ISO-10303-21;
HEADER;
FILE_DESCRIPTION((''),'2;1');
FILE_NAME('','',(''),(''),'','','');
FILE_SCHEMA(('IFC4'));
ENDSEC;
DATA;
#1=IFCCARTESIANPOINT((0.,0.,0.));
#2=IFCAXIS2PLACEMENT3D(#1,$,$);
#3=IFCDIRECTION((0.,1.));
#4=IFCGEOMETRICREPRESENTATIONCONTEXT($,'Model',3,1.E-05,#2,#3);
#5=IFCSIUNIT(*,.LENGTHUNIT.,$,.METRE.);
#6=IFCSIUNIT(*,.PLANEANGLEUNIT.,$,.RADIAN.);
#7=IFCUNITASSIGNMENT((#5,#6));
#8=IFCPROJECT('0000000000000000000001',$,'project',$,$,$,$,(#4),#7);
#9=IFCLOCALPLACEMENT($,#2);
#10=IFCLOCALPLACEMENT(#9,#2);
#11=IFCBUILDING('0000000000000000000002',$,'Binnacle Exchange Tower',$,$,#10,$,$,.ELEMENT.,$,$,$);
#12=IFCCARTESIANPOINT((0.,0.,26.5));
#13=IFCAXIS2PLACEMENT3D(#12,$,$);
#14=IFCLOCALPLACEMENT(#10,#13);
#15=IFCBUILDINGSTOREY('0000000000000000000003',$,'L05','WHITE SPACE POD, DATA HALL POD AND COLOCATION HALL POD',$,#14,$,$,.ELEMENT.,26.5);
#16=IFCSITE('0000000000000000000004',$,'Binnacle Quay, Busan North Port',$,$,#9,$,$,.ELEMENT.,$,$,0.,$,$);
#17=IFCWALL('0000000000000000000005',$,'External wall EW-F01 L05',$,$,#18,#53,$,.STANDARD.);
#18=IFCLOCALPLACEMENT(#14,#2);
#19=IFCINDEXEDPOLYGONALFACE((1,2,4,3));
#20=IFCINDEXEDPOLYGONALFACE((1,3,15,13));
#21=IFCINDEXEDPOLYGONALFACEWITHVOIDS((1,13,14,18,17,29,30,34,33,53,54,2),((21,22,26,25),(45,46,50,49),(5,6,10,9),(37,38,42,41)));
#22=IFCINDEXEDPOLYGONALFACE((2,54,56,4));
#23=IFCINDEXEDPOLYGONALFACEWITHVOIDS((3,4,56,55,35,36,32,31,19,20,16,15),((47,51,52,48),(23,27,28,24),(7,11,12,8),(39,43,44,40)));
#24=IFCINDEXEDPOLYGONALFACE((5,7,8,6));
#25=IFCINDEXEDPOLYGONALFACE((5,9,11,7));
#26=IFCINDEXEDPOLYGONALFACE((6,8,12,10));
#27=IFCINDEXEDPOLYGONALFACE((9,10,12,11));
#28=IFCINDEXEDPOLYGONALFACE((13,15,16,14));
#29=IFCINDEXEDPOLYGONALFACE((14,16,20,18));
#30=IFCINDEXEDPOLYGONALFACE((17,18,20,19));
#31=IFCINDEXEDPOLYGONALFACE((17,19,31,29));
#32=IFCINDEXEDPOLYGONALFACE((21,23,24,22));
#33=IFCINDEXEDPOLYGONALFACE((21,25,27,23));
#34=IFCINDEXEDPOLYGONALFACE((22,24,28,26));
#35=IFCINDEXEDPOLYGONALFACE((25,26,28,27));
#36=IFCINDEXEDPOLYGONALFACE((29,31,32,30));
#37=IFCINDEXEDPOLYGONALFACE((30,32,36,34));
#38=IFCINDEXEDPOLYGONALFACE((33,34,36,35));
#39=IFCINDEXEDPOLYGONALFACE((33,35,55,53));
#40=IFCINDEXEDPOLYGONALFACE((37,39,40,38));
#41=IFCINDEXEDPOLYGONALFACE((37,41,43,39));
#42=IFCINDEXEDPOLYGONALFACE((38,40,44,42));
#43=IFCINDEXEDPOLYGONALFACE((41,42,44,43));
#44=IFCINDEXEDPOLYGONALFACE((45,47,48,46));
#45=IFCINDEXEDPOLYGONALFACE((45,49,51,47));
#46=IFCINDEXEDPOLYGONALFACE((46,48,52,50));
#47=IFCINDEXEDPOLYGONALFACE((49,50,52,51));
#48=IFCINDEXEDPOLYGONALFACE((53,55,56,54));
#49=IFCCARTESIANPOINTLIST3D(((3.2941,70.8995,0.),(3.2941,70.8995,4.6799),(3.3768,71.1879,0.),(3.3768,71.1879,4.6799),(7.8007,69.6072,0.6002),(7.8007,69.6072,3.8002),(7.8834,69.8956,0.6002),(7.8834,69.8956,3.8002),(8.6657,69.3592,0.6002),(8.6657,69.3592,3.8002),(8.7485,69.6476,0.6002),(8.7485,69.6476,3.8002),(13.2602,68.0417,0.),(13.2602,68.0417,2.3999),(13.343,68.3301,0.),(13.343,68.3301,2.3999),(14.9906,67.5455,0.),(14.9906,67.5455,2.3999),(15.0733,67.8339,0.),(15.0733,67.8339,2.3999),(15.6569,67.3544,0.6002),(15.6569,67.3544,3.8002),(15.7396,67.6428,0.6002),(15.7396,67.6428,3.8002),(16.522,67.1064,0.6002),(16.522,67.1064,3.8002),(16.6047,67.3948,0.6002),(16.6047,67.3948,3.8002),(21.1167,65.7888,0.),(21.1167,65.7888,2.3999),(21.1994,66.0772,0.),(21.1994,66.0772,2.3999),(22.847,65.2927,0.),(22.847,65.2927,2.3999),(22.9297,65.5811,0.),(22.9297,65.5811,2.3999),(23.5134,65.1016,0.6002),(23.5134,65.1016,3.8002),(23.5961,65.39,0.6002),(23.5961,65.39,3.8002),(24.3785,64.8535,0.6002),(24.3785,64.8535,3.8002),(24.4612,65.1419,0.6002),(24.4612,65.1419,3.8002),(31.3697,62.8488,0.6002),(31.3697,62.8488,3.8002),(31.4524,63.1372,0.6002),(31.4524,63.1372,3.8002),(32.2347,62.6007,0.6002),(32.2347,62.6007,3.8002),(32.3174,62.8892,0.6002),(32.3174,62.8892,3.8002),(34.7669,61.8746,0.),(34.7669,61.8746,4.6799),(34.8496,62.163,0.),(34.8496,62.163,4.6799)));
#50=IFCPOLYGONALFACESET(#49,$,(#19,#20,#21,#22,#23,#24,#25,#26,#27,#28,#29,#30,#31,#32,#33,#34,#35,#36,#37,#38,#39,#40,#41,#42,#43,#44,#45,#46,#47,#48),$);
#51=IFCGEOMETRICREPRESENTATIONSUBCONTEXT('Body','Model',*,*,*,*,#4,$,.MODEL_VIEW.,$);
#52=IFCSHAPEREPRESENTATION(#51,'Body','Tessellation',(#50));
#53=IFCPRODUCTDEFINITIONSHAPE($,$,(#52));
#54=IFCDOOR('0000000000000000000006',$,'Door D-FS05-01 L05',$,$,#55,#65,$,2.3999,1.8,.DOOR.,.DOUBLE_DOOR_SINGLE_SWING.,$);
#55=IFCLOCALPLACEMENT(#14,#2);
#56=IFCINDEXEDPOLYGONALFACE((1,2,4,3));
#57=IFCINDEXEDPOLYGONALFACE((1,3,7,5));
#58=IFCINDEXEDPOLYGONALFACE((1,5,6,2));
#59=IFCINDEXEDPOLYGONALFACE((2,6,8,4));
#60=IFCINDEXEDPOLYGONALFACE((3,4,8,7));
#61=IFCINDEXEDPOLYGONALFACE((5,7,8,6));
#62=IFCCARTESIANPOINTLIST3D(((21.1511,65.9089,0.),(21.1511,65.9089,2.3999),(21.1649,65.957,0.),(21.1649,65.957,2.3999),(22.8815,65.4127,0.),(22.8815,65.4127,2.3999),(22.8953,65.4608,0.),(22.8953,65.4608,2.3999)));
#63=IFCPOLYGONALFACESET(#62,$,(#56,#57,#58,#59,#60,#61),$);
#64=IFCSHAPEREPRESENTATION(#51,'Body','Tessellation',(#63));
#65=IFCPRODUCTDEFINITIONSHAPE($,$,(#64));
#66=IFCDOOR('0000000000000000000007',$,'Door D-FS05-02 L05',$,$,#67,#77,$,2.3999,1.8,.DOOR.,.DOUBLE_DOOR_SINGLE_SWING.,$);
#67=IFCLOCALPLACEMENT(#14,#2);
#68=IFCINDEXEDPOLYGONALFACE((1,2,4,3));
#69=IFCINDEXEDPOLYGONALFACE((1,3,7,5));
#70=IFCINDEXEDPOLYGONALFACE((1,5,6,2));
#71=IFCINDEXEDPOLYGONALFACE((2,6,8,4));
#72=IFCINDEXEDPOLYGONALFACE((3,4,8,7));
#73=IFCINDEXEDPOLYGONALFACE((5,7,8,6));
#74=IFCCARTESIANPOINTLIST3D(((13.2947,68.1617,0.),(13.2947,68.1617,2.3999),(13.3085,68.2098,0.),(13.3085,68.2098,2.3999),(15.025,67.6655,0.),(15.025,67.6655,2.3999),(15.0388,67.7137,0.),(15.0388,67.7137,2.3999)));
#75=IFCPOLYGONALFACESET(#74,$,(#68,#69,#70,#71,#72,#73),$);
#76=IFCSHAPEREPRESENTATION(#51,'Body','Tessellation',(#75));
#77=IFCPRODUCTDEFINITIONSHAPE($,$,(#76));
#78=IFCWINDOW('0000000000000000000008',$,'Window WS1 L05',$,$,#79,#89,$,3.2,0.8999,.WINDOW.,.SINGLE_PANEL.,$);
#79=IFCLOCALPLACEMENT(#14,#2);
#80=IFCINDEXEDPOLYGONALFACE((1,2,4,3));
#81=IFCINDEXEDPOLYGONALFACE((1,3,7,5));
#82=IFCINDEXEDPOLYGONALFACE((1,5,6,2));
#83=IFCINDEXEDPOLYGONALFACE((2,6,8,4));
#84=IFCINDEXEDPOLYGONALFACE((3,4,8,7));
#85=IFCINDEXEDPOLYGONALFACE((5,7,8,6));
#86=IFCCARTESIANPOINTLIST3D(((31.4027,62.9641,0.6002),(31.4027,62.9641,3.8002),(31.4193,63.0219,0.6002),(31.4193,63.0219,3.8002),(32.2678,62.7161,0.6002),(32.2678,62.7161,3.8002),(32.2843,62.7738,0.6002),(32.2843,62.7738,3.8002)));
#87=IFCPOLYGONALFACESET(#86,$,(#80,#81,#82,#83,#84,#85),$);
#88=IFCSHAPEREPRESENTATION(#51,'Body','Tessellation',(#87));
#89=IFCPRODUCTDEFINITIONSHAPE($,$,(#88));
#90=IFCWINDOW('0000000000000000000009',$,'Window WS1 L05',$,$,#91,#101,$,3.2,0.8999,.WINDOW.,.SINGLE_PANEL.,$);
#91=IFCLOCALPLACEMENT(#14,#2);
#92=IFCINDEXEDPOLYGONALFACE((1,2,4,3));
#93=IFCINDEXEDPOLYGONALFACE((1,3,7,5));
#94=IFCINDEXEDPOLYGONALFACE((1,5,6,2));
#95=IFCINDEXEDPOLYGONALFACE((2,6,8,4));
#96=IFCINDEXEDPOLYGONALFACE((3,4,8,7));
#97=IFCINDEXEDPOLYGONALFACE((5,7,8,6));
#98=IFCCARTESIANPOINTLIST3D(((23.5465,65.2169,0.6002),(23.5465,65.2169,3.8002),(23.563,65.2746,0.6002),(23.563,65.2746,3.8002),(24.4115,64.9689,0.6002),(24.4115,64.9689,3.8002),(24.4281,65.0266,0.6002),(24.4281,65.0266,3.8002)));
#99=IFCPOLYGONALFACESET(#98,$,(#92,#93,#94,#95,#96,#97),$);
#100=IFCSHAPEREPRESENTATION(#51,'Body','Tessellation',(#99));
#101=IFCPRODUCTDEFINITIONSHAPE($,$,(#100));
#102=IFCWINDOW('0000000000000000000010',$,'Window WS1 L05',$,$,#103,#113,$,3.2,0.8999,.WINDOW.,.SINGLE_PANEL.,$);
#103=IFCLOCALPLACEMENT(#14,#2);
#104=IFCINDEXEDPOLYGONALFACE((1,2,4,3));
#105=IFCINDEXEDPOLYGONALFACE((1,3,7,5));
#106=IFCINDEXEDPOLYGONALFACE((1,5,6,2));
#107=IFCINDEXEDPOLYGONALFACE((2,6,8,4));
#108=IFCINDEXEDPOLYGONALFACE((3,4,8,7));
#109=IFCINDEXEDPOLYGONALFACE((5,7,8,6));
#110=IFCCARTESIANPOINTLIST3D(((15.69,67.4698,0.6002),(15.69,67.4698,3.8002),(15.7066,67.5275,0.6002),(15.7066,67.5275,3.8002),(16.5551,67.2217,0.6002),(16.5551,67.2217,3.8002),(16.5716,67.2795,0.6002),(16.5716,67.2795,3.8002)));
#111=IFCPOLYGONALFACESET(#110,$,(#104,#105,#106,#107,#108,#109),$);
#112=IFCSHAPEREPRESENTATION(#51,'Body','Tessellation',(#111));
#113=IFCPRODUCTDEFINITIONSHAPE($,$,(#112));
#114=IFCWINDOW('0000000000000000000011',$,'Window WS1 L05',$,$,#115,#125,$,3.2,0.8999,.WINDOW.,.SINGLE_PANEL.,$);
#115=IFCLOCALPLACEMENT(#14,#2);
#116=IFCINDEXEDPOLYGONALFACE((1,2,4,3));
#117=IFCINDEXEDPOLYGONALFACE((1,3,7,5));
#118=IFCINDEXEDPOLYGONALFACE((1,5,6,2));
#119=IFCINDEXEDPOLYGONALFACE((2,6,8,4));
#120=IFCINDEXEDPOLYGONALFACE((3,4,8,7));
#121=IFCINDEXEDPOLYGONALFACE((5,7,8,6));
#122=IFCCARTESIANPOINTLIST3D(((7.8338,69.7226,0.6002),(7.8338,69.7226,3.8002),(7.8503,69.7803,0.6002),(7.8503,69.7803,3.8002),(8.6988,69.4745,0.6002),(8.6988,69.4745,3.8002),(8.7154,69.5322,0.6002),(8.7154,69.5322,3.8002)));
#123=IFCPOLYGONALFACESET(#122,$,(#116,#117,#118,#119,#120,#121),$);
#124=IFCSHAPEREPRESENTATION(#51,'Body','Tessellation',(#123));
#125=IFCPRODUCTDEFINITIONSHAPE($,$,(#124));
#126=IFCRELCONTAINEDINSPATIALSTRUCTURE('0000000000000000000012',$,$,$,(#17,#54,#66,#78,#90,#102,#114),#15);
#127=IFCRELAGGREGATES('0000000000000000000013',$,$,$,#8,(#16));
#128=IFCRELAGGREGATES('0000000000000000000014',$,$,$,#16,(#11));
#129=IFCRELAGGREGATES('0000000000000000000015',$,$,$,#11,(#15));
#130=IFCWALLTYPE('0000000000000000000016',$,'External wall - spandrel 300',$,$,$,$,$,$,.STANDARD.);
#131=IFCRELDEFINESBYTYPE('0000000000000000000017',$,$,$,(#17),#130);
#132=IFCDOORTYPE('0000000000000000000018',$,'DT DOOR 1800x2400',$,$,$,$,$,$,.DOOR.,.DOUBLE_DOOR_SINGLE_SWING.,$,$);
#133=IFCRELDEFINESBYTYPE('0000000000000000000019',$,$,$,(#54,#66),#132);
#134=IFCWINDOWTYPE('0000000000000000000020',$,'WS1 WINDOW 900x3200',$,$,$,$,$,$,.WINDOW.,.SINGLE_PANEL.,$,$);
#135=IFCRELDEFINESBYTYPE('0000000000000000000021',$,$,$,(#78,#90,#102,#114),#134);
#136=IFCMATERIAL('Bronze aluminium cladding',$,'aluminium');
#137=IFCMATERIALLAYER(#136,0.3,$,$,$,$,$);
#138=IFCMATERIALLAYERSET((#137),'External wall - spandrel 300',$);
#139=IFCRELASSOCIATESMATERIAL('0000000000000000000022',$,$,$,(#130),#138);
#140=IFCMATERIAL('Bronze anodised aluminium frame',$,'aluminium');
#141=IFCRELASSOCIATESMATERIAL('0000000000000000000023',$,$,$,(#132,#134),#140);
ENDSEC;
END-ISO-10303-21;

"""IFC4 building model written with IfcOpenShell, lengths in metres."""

from ifc_helpers import new_model, si_unit, direction, frame, frame_2d, origin, place, context, subcontext, project, spatial, rectangle, extrude, material, layer, layer_set, type_object, element, fill, save


model = new_model("IFC4")

# Units and contexts
model_context = context("Model", 3, precision=1e-05, world=origin(), true_north=direction((0.0, 1.0)))
body_context = subcontext(model_context, "Body", "Model", "MODEL_VIEW")
ifc_project = project(units=[si_unit("LENGTHUNIT", "METRE"), si_unit("PLANEANGLEUNIT", "RADIAN")], contexts=[model_context])

# Site, building, storey
site_placement = place(None, origin())
site = spatial("IfcSite", under=ifc_project, at=site_placement, Name="Binnacle Quay, Busan North Port", CompositionType="ELEMENT", RefElevation=0.0)
building_placement = place(site_placement, origin())
building = spatial("IfcBuilding", under=site, at=building_placement, Name="Binnacle Exchange Tower", CompositionType="ELEMENT")
storey_placement = place(building_placement, frame((0.0, 0.0, 26.5)))
storey = spatial("IfcBuildingStorey", under=building, at=storey_placement, Name="L05", Description="WHITE SPACE POD, DATA HALL POD AND COLOCATION HALL POD", CompositionType="ELEMENT", Elevation=26.5)

# Wall, openings, doors, windows
ifc_material_1 = material(Name="Bronze aluminium cladding", Category="aluminium")
ifc_layer = layer(ifc_material_1, 0.3)
ifc_layer_set = layer_set([ifc_layer], Name="External wall - spandrel 300")
wall_type = type_object("IfcWallType", Name="External wall - spandrel 300", PredefinedType="STANDARD", material=ifc_layer_set)
wall_placement = place(storey_placement, frame((3.3354, 71.0437, 0.0), z_axis=(0.0, 0.0, 1.0), x_axis=(0.96126, -0.275643, 0.0)))
wall = element("IfcWall", 1, at=wall_placement, inside=storey, type_object=wall_type, Name="External wall EW-F01 L05", PredefinedType="STANDARD", context=body_context, shape_type="SweptSolid", body=[
    extrude(rectangle(XDim=32.7412, YDim=0.3, at=frame_2d((16.3706, 0.0))), origin(), (0.0, 0.0, 1.0), 4.6799),
])
opening_1_placement = place(wall_placement, frame((29.207, 0.0, 0.6001)))
opening_1 = element("IfcOpeningElement", 2, at=opening_1_placement, cuts=wall, PredefinedType="OPENING", context=body_context, shape_type="SweptSolid", body=[
    extrude(rectangle(XDim=0.8999, YDim=3.2, at=frame_2d((0.45, 1.6001))), frame((0.0, 0.1599, 0.0), z_axis=(0.0, -1.0, 0.0), x_axis=(1.0, 0.0, 0.0)), (0.0, 0.0, 1.0), 0.3201),
])
opening_2_placement = place(wall_placement, frame((21.0342, 0.0, 0.6001)))
opening_2 = element("IfcOpeningElement", 3, at=opening_2_placement, cuts=wall, PredefinedType="OPENING", context=body_context, shape_type="SweptSolid", body=[
    extrude(rectangle(XDim=0.8999, YDim=3.2, at=frame_2d((0.45, 1.6001))), frame((0.0, 0.1599, 0.0), z_axis=(0.0, -1.0, 0.0), x_axis=(1.0, 0.0, 0.0)), (0.0, 0.0, 1.0), 0.3201),
])
opening_3_placement = place(wall_placement, frame((18.541, 0.0, 0.0)))
opening_3 = element("IfcOpeningElement", 4, at=opening_3_placement, cuts=wall, PredefinedType="OPENING", context=body_context, shape_type="SweptSolid", body=[
    extrude(rectangle(XDim=1.8, YDim=2.3999, at=frame_2d((0.8999, 1.2))), frame((0.0, 0.1599, 0.0), z_axis=(0.0, -1.0, 0.0), x_axis=(1.0, 0.0, 0.0)), (0.0, 0.0, 1.0), 0.3201),
])
opening_4_placement = place(wall_placement, frame((12.8611, 0.0, 0.6001)))
opening_4 = element("IfcOpeningElement", 5, at=opening_4_placement, cuts=wall, PredefinedType="OPENING", context=body_context, shape_type="SweptSolid", body=[
    extrude(rectangle(XDim=0.8999, YDim=3.2, at=frame_2d((0.45, 1.6001))), frame((0.0, 0.1599, 0.0), z_axis=(0.0, -1.0, 0.0), x_axis=(1.0, 0.0, 0.0)), (0.0, 0.0, 1.0), 0.3201),
])
opening_5_placement = place(wall_placement, frame((10.3679, 0.0, 0.0)))
opening_5 = element("IfcOpeningElement", 6, at=opening_5_placement, cuts=wall, PredefinedType="OPENING", context=body_context, shape_type="SweptSolid", body=[
    extrude(rectangle(XDim=1.8, YDim=2.3999, at=frame_2d((0.8999, 1.2))), frame((0.0, 0.1599, 0.0), z_axis=(0.0, -1.0, 0.0), x_axis=(1.0, 0.0, 0.0)), (0.0, 0.0, 1.0), 0.3201),
])
opening_6_placement = place(wall_placement, frame((4.6882, 0.0, 0.6001)))
opening_6 = element("IfcOpeningElement", 7, at=opening_6_placement, cuts=wall, PredefinedType="OPENING", context=body_context, shape_type="SweptSolid", body=[
    extrude(rectangle(XDim=0.8999, YDim=3.2, at=frame_2d((0.45, 1.6001))), frame((0.0, 0.1599, 0.0), z_axis=(0.0, -1.0, 0.0), x_axis=(1.0, 0.0, 0.0)), (0.0, 0.0, 1.0), 0.3201),
])
ifc_material_2 = material(Name="Bronze anodised aluminium frame", Category="aluminium")
door_type = type_object("IfcDoorType", Name="DT DOOR 1800x2400", OperationType="DOUBLE_DOOR_SINGLE_SWING", PredefinedType="DOOR", material=ifc_material_2)
door_1_placement = place(opening_3_placement, origin())
door_1 = element("IfcDoor", 8, at=door_1_placement, inside=storey, type_object=door_type, Name="Door D-FS05-01 L05", OperationType="DOUBLE_DOOR_SINGLE_SWING", OverallHeight=2.3999, OverallWidth=1.8, PredefinedType="DOOR", context=body_context, shape_type="SweptSolid", body=[
    extrude(rectangle(XDim=1.8, YDim=2.3999, at=frame_2d((0.8999, 1.2))), frame((0.0, 0.0249, 0.0), z_axis=(0.0, -1.0, 0.0), x_axis=(1.0, 0.0, 0.0)), (0.0, 0.0, 1.0), 0.05),
])
fill(opening_3, door_1)
door_2_placement = place(opening_5_placement, origin())
door_2 = element("IfcDoor", 9, at=door_2_placement, inside=storey, type_object=door_type, Name="Door D-FS05-02 L05", OperationType="DOUBLE_DOOR_SINGLE_SWING", OverallHeight=2.3999, OverallWidth=1.8, PredefinedType="DOOR", context=body_context, shape_type="SweptSolid", body=[
    extrude(rectangle(XDim=1.8, YDim=2.3999, at=frame_2d((0.8999, 1.2))), frame((0.0, 0.0249, 0.0), z_axis=(0.0, -1.0, 0.0), x_axis=(1.0, 0.0, 0.0)), (0.0, 0.0, 1.0), 0.05),
])
fill(opening_5, door_2)
window_type = type_object("IfcWindowType", Name="WS1 WINDOW 900x3200", PartitioningType="SINGLE_PANEL", PredefinedType="WINDOW", material=ifc_material_2)
window_1_placement = place(opening_1_placement, origin())
window_1 = element("IfcWindow", 10, at=window_1_placement, inside=storey, type_object=window_type, Name="Window WS1 L05", OverallHeight=3.2, OverallWidth=0.8999, PartitioningType="SINGLE_PANEL", PredefinedType="WINDOW", context=body_context, shape_type="SweptSolid", body=[
    extrude(rectangle(XDim=0.8999, YDim=3.2, at=frame_2d((0.45, 1.6001))), frame((0.0, 0.03, 0.0), z_axis=(0.0, -1.0, 0.0), x_axis=(1.0, 0.0, 0.0)), (0.0, 0.0, 1.0), 0.0601),
])
fill(opening_1, window_1)
window_2_placement = place(opening_2_placement, origin())
window_2 = element("IfcWindow", 11, at=window_2_placement, inside=storey, type_object=window_type, Name="Window WS1 L05", OverallHeight=3.2, OverallWidth=0.8999, PartitioningType="SINGLE_PANEL", PredefinedType="WINDOW", context=body_context, shape_type="SweptSolid", body=[
    extrude(rectangle(XDim=0.8999, YDim=3.2, at=frame_2d((0.45, 1.6001))), frame((0.0, 0.03, 0.0), z_axis=(0.0, -1.0, 0.0), x_axis=(1.0, 0.0, 0.0)), (0.0, 0.0, 1.0), 0.0601),
])
fill(opening_2, window_2)
window_3_placement = place(opening_4_placement, origin())
window_3 = element("IfcWindow", 12, at=window_3_placement, inside=storey, type_object=window_type, Name="Window WS1 L05", OverallHeight=3.2, OverallWidth=0.8999, PartitioningType="SINGLE_PANEL", PredefinedType="WINDOW", context=body_context, shape_type="SweptSolid", body=[
    extrude(rectangle(XDim=0.8999, YDim=3.2, at=frame_2d((0.45, 1.6001))), frame((0.0, 0.03, 0.0), z_axis=(0.0, -1.0, 0.0), x_axis=(1.0, 0.0, 0.0)), (0.0, 0.0, 1.0), 0.0601),
])
fill(opening_4, window_3)
window_4_placement = place(opening_6_placement, origin())
window_4 = element("IfcWindow", 13, at=window_4_placement, inside=storey, type_object=window_type, Name="Window WS1 L05", OverallHeight=3.2, OverallWidth=0.8999, PartitioningType="SINGLE_PANEL", PredefinedType="WINDOW", context=body_context, shape_type="SweptSolid", body=[
    extrude(rectangle(XDim=0.8999, YDim=3.2, at=frame_2d((0.45, 1.6001))), frame((0.0, 0.03, 0.0), z_axis=(0.0, -1.0, 0.0), x_axis=(1.0, 0.0, 0.0)), (0.0, 0.0, 1.0), 0.0601),
])
fill(opening_6, window_4)

save(model, "model.ifc")
